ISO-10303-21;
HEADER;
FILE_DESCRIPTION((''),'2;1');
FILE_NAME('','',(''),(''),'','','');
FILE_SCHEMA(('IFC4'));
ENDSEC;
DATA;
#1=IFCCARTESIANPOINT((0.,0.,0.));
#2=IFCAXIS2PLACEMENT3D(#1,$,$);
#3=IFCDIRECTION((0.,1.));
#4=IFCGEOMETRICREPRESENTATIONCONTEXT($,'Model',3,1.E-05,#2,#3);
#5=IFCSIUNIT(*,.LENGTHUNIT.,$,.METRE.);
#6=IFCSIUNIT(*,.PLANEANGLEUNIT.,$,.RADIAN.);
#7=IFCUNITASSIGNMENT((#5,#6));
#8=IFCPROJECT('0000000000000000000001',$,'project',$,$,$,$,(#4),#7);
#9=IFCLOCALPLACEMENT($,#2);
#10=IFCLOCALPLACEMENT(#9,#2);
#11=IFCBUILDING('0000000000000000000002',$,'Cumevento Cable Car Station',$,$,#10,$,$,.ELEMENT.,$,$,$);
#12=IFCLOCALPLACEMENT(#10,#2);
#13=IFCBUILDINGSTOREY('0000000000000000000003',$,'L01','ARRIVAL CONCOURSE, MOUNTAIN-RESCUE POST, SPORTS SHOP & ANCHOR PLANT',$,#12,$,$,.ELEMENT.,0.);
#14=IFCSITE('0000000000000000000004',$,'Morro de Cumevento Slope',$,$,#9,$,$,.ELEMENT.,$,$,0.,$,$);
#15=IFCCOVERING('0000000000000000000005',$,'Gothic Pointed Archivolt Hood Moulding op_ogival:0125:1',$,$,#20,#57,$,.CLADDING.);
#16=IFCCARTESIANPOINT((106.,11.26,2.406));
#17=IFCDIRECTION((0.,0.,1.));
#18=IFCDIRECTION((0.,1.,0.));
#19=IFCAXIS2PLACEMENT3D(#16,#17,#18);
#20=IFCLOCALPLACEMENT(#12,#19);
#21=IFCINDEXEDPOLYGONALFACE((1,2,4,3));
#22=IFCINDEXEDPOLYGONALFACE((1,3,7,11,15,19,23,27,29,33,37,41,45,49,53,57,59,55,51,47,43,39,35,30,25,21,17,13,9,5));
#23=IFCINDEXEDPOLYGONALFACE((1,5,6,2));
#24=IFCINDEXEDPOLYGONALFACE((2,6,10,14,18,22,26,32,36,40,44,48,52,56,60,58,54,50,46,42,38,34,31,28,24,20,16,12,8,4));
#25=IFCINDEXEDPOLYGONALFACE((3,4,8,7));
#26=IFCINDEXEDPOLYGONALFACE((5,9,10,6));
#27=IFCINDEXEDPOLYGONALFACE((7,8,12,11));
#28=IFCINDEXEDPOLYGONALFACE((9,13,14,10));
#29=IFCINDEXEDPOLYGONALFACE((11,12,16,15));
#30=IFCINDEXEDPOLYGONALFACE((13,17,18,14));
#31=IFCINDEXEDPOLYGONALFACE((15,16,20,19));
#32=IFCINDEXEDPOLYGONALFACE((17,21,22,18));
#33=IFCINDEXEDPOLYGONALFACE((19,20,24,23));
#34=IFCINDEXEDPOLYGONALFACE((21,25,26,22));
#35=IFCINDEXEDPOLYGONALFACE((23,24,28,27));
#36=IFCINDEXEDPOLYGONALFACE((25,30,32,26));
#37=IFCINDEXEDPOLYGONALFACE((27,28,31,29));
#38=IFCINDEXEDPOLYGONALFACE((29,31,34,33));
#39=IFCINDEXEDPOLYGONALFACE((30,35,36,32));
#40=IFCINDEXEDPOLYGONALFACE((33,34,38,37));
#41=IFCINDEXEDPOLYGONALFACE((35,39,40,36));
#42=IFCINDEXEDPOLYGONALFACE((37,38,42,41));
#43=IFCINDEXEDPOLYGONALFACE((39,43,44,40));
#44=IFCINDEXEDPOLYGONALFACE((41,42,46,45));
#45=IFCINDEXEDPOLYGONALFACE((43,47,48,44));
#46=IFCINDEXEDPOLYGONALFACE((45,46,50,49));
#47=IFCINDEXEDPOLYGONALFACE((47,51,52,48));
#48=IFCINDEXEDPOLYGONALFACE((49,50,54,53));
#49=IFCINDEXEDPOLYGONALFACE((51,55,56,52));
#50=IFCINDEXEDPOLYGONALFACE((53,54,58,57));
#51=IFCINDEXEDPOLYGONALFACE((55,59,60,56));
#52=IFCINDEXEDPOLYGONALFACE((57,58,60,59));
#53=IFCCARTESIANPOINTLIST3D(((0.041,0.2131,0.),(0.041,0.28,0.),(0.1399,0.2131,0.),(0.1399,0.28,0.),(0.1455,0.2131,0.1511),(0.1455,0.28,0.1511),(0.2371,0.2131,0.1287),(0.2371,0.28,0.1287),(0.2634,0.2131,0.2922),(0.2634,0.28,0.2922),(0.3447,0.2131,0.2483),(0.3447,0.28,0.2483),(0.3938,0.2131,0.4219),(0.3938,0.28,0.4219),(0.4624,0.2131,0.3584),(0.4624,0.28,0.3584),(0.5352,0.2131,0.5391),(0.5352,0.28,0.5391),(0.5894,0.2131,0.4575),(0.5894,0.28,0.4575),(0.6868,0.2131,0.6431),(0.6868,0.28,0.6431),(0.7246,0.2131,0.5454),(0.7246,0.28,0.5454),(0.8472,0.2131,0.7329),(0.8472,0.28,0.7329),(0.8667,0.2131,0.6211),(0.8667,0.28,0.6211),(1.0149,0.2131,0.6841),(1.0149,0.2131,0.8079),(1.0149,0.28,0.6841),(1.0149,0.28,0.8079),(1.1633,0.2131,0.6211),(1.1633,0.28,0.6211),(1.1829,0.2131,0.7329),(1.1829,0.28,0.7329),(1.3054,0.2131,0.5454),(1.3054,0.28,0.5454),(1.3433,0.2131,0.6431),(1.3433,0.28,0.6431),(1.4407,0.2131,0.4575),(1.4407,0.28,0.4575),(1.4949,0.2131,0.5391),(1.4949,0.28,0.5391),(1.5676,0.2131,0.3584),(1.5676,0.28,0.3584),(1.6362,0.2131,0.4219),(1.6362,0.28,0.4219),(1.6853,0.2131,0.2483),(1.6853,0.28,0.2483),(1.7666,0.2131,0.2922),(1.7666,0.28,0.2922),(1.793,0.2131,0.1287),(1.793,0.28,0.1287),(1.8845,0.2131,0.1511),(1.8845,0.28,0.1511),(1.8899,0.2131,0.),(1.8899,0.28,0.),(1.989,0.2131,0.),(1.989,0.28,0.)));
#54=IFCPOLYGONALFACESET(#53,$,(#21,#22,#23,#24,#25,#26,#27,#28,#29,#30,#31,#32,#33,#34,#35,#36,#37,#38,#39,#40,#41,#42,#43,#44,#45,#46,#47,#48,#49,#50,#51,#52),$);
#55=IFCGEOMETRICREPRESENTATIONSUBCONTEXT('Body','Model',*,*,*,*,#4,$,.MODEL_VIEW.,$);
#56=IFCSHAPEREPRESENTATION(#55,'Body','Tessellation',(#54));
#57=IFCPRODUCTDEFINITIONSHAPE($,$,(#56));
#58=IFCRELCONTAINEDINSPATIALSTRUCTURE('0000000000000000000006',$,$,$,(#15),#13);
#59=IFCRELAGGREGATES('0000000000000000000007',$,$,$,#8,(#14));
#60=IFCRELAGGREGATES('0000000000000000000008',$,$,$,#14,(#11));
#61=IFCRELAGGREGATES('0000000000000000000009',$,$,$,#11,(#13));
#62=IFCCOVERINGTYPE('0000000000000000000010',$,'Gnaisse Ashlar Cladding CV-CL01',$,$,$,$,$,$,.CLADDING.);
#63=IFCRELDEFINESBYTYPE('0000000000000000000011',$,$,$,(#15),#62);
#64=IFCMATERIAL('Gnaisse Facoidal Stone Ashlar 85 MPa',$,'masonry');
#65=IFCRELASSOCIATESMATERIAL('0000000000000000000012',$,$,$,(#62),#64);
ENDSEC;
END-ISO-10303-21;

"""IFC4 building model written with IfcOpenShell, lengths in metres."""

from ifc_helpers import new_model, si_unit, direction, frame, origin, place, context, subcontext, project, spatial, polyline, outline, extrude, material, type_object, element, save


model = new_model("IFC4")

# Units and contexts
model_context = context("Model", 3, precision=1e-05, world=origin(), true_north=direction((0.0, 1.0)))
body_context = subcontext(model_context, "Body", "Model", "MODEL_VIEW")
ifc_project = project(units=[si_unit("LENGTHUNIT", "METRE"), si_unit("PLANEANGLEUNIT", "RADIAN")], contexts=[model_context])

# Site, building, storey
site_placement = place(None, origin())
site = spatial("IfcSite", under=ifc_project, at=site_placement, Name="Morro de Cumevento Slope", CompositionType="ELEMENT", RefElevation=0.0)
building_placement = place(site_placement, origin())
building = spatial("IfcBuilding", under=site, at=building_placement, Name="Cumevento Cable Car Station", CompositionType="ELEMENT")
storey_placement = place(building_placement, origin())
storey = spatial("IfcBuildingStorey", under=building, at=storey_placement, Name="L01", Description="ARRIVAL CONCOURSE, MOUNTAIN-RESCUE POST, SPORTS SHOP & ANCHOR PLANT", CompositionType="ELEMENT", Elevation=0.0)

# Covering
ifc_material_1 = material(Name="Gnaisse Facoidal Stone Ashlar 85 MPa", Category="masonry")
covering_type = type_object("IfcCoveringType", Name="Gnaisse Ashlar Cladding CV-CL01", PredefinedType="CLADDING", material=ifc_material_1)
covering_1_placement = place(storey_placement, frame((106.0, 11.26, 2.406), z_axis=(0.0, 0.0, 1.0), x_axis=(0.0, 1.0, 0.0)))
element("IfcCovering", 1, at=covering_1_placement, inside=storey, type_object=covering_type, Name="Gothic Pointed Archivolt Hood Moulding op_ogival:0125:1", PredefinedType="CLADDING", context=body_context, shape_type="SweptSolid", body=[
    extrude(outline(polyline([(0.1399, 0.0), (0.2371, 0.1287), (0.3447, 0.2483), (0.4624, 0.3584), (0.5894, 0.4575), (0.7246, 0.5454), (0.8667, 0.6211), (1.0149, 0.6841), (1.1633, 0.6211), (1.3054, 0.5454), (1.4407, 0.4575), (1.5676, 0.3584), (1.6853, 0.2483), (1.793, 0.1287), (1.8899, 0.0), (1.989, 0.0), (1.8845, 0.1511), (1.7666, 0.2922), (1.6362, 0.4219), (1.4949, 0.5391), (1.3433, 0.6431), (1.1829, 0.7329), (1.0149, 0.8079), (0.8472, 0.7329), (0.6868, 0.6431), (0.5352, 0.5391), (0.3938, 0.4219), (0.2634, 0.2922), (0.1455, 0.1511), (0.041, 0.0), (0.1399, 0.0)])), frame((0.0, 0.28, 0.0), z_axis=(0.0, -1.0, 0.0), x_axis=(1.0, 0.0, 0.0)), (0.0, 0.0, 1.0), 0.0669),
])

save(model, "model.ifc")
